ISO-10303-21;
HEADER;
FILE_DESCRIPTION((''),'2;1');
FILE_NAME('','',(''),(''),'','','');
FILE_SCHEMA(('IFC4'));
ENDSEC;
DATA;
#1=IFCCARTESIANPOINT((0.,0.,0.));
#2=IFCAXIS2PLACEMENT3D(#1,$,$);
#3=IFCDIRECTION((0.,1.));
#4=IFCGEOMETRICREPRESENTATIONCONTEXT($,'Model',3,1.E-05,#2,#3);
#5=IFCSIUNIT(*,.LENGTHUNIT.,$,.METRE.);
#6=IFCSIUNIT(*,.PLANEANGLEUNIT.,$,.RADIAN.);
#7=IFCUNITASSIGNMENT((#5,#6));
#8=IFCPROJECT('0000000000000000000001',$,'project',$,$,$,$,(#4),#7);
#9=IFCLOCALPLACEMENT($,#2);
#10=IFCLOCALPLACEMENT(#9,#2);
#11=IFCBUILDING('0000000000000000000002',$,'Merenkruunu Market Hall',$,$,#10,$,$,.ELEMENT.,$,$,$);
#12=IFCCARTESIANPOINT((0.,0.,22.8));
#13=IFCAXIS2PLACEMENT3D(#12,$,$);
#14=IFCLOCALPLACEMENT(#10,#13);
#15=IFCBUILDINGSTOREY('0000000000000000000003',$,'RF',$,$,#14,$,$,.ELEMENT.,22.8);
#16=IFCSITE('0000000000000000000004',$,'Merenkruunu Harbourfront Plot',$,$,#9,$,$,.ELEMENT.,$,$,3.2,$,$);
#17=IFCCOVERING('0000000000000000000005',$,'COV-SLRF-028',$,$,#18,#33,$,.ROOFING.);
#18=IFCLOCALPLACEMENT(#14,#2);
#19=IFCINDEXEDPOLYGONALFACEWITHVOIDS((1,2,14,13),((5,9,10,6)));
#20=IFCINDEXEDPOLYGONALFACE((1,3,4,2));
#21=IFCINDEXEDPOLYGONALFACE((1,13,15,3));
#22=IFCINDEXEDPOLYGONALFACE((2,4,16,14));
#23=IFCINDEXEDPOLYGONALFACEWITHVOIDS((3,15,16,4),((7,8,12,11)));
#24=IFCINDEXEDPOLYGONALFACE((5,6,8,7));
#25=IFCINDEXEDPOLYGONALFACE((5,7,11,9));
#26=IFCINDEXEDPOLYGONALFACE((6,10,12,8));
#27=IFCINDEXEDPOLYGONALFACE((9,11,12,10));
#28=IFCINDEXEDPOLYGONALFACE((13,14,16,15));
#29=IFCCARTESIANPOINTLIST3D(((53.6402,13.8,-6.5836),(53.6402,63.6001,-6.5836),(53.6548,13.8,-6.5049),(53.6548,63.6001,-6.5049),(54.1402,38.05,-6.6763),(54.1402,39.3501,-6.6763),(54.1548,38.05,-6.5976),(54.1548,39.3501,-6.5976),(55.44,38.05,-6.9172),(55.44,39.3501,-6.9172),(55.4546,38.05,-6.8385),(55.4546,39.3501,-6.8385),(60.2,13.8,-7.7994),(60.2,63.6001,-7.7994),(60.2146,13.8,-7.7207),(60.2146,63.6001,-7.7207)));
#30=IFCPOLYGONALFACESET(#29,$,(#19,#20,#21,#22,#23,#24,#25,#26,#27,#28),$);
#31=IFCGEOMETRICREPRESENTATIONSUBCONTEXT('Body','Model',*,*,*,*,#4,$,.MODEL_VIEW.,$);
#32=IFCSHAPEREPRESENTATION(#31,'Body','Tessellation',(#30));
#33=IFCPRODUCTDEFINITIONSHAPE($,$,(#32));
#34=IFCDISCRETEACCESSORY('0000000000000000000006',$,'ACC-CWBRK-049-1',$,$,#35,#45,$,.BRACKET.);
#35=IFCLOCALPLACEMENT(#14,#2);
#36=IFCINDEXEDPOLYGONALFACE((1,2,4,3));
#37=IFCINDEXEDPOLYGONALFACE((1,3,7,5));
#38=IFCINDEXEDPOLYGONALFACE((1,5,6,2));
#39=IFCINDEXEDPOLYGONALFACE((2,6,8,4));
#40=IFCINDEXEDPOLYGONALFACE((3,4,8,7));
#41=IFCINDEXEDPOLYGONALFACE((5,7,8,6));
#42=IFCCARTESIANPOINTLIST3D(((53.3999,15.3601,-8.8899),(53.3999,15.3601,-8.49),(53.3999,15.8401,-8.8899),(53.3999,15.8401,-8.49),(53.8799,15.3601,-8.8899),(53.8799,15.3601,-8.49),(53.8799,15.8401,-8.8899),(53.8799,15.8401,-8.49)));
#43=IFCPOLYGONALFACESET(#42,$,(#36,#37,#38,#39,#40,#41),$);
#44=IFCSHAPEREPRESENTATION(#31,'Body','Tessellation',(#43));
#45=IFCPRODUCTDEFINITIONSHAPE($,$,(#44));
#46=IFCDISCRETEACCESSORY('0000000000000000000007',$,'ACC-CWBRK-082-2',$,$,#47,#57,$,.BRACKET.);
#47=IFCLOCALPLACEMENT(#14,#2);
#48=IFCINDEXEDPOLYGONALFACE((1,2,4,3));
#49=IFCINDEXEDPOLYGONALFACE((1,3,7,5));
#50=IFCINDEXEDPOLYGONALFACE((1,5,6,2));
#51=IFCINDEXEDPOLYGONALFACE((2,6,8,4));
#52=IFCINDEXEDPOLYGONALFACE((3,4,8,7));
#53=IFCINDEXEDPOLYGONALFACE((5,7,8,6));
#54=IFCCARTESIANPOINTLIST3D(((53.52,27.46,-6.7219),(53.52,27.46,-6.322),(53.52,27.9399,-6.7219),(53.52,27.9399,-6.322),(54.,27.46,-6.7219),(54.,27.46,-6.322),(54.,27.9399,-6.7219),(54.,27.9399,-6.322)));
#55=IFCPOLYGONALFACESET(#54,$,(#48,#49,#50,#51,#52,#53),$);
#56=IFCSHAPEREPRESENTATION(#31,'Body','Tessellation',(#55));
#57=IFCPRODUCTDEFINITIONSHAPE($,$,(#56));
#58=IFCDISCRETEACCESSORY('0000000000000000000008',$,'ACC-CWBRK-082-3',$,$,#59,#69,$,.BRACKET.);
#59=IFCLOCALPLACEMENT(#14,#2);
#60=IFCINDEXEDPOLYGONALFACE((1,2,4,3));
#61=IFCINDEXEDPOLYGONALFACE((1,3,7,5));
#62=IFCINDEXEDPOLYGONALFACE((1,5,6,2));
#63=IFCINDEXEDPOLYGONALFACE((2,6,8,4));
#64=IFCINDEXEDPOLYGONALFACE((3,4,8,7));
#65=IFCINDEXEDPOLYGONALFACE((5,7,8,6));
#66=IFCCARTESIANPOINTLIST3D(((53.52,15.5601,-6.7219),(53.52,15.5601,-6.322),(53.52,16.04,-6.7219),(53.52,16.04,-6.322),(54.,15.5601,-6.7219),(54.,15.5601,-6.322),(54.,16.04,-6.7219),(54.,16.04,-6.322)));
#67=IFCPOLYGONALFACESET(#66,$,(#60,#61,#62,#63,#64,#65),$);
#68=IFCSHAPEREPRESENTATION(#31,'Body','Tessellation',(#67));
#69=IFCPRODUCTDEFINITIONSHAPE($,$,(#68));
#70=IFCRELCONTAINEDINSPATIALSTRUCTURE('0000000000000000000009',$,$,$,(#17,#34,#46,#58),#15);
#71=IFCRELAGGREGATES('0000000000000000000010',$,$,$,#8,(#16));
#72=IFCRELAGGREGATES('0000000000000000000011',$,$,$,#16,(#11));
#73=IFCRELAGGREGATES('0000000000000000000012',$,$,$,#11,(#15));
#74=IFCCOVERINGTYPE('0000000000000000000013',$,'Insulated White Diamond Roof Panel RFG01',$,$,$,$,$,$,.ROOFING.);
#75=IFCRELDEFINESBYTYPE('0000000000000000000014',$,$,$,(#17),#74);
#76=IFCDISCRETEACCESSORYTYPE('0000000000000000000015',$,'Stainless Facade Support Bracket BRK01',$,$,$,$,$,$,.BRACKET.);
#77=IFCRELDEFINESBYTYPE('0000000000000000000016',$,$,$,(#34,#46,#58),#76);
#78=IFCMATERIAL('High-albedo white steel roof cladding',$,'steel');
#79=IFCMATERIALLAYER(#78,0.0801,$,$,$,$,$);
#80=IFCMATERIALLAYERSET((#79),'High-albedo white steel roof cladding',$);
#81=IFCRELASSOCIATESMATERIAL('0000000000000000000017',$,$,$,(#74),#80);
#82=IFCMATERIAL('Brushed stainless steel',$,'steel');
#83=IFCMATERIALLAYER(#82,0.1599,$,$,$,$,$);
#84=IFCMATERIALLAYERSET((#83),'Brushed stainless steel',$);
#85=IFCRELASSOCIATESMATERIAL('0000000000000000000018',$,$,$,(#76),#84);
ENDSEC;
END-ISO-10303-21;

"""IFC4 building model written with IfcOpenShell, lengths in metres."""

from ifc_helpers import new_model, si_unit, direction, frame, origin, origin_2d, place, context, subcontext, project, spatial, polyline, rectangle, outline, extrude, material, layer, layer_set, type_object, element, save


model = new_model("IFC4")

# Units and contexts
model_context = context("Model", 3, precision=1e-05, world=origin(), true_north=direction((0.0, 1.0)))
body_context = subcontext(model_context, "Body", "Model", "MODEL_VIEW")
ifc_project = project(units=[si_unit("LENGTHUNIT", "METRE"), si_unit("PLANEANGLEUNIT", "RADIAN")], contexts=[model_context])

# Site, building, storey
site_placement = place(None, origin())
site = spatial("IfcSite", under=ifc_project, at=site_placement, Name="Merenkruunu Harbourfront Plot", CompositionType="ELEMENT", RefElevation=3.2)
building_placement = place(site_placement, origin())
building = spatial("IfcBuilding", under=site, at=building_placement, Name="Merenkruunu Market Hall", CompositionType="ELEMENT")
storey_placement = place(building_placement, frame((0.0, 0.0, 22.8)))
storey = spatial("IfcBuildingStorey", under=building, at=storey_placement, Name="RF", CompositionType="ELEMENT", Elevation=22.8)

# Covering
ifc_material_1 = material(Name="High-albedo white steel roof cladding", Category="steel")
ifc_layer_1 = layer(ifc_material_1, 0.0801)
ifc_layer_set_1 = layer_set([ifc_layer_1], Name="High-albedo white steel roof cladding")
covering_type = type_object("IfcCoveringType", Name="Insulated White Diamond Roof Panel RFG01", PredefinedType="ROOFING", material=ifc_layer_set_1)
covering_placement = place(storey_placement, frame((53.6548, 13.8, -6.5049), z_axis=(0.18224, 0.0, 0.983254), x_axis=(0.983254, 0.0, -0.18224)))
element("IfcCovering", 1, at=covering_placement, inside=storey, type_object=covering_type, Name="COV-SLRF-028", PredefinedType="ROOFING", context=body_context, shape_type="SweptSolid", body=[
    extrude(outline(polyline([(0.0, 0.0), (6.6715, 0.0), (6.6715, 49.8), (0.0, 49.8), (0.0, 0.0)]), holes=[polyline([(0.5085, 24.25), (1.8305, 24.25), (1.8305, 25.55), (0.5085, 25.55), (0.5085, 24.25)])]), origin(), (0.0, 0.0, -1.0), 0.0801),
])

# Discrete accessories
ifc_material_2 = material(Name="Brushed stainless steel", Category="steel")
ifc_layer_2 = layer(ifc_material_2, 0.1599)
ifc_layer_set_2 = layer_set([ifc_layer_2], Name="Brushed stainless steel")
discrete_accessory_type = type_object("IfcDiscreteAccessoryType", Name="Stainless Facade Support Bracket BRK01", PredefinedType="BRACKET", material=ifc_layer_set_2)
for number, where, z_axis, x_axis, name in (
    (2, (53.6399, 15.6001, -8.8899), (0.0, 0.0, 1.0), (1.0, 0.0, 0.0), "ACC-CWBRK-049-1"),
    (3, (53.76, 27.7, -6.7219), (0.0, 0.0, 1.0), (1.0, 0.0, 0.0), "ACC-CWBRK-082-2"),
    (4, (53.76, 15.8, -6.7219), (0.0, 0.0, 1.0), (1.0, 0.0, 0.0), "ACC-CWBRK-082-3"),
):
    element("IfcDiscreteAccessory", number, at=place(storey_placement, frame(where, z_axis=z_axis, x_axis=x_axis)), inside=storey, type_object=discrete_accessory_type, Name=name, PredefinedType="BRACKET", context=body_context, shape_type="SweptSolid", body=[
        extrude(rectangle(XDim=0.48, YDim=0.48, at=origin_2d()), origin(), (0.0, 0.0, 1.0), 0.3999),
    ])

save(model, "model.ifc")
